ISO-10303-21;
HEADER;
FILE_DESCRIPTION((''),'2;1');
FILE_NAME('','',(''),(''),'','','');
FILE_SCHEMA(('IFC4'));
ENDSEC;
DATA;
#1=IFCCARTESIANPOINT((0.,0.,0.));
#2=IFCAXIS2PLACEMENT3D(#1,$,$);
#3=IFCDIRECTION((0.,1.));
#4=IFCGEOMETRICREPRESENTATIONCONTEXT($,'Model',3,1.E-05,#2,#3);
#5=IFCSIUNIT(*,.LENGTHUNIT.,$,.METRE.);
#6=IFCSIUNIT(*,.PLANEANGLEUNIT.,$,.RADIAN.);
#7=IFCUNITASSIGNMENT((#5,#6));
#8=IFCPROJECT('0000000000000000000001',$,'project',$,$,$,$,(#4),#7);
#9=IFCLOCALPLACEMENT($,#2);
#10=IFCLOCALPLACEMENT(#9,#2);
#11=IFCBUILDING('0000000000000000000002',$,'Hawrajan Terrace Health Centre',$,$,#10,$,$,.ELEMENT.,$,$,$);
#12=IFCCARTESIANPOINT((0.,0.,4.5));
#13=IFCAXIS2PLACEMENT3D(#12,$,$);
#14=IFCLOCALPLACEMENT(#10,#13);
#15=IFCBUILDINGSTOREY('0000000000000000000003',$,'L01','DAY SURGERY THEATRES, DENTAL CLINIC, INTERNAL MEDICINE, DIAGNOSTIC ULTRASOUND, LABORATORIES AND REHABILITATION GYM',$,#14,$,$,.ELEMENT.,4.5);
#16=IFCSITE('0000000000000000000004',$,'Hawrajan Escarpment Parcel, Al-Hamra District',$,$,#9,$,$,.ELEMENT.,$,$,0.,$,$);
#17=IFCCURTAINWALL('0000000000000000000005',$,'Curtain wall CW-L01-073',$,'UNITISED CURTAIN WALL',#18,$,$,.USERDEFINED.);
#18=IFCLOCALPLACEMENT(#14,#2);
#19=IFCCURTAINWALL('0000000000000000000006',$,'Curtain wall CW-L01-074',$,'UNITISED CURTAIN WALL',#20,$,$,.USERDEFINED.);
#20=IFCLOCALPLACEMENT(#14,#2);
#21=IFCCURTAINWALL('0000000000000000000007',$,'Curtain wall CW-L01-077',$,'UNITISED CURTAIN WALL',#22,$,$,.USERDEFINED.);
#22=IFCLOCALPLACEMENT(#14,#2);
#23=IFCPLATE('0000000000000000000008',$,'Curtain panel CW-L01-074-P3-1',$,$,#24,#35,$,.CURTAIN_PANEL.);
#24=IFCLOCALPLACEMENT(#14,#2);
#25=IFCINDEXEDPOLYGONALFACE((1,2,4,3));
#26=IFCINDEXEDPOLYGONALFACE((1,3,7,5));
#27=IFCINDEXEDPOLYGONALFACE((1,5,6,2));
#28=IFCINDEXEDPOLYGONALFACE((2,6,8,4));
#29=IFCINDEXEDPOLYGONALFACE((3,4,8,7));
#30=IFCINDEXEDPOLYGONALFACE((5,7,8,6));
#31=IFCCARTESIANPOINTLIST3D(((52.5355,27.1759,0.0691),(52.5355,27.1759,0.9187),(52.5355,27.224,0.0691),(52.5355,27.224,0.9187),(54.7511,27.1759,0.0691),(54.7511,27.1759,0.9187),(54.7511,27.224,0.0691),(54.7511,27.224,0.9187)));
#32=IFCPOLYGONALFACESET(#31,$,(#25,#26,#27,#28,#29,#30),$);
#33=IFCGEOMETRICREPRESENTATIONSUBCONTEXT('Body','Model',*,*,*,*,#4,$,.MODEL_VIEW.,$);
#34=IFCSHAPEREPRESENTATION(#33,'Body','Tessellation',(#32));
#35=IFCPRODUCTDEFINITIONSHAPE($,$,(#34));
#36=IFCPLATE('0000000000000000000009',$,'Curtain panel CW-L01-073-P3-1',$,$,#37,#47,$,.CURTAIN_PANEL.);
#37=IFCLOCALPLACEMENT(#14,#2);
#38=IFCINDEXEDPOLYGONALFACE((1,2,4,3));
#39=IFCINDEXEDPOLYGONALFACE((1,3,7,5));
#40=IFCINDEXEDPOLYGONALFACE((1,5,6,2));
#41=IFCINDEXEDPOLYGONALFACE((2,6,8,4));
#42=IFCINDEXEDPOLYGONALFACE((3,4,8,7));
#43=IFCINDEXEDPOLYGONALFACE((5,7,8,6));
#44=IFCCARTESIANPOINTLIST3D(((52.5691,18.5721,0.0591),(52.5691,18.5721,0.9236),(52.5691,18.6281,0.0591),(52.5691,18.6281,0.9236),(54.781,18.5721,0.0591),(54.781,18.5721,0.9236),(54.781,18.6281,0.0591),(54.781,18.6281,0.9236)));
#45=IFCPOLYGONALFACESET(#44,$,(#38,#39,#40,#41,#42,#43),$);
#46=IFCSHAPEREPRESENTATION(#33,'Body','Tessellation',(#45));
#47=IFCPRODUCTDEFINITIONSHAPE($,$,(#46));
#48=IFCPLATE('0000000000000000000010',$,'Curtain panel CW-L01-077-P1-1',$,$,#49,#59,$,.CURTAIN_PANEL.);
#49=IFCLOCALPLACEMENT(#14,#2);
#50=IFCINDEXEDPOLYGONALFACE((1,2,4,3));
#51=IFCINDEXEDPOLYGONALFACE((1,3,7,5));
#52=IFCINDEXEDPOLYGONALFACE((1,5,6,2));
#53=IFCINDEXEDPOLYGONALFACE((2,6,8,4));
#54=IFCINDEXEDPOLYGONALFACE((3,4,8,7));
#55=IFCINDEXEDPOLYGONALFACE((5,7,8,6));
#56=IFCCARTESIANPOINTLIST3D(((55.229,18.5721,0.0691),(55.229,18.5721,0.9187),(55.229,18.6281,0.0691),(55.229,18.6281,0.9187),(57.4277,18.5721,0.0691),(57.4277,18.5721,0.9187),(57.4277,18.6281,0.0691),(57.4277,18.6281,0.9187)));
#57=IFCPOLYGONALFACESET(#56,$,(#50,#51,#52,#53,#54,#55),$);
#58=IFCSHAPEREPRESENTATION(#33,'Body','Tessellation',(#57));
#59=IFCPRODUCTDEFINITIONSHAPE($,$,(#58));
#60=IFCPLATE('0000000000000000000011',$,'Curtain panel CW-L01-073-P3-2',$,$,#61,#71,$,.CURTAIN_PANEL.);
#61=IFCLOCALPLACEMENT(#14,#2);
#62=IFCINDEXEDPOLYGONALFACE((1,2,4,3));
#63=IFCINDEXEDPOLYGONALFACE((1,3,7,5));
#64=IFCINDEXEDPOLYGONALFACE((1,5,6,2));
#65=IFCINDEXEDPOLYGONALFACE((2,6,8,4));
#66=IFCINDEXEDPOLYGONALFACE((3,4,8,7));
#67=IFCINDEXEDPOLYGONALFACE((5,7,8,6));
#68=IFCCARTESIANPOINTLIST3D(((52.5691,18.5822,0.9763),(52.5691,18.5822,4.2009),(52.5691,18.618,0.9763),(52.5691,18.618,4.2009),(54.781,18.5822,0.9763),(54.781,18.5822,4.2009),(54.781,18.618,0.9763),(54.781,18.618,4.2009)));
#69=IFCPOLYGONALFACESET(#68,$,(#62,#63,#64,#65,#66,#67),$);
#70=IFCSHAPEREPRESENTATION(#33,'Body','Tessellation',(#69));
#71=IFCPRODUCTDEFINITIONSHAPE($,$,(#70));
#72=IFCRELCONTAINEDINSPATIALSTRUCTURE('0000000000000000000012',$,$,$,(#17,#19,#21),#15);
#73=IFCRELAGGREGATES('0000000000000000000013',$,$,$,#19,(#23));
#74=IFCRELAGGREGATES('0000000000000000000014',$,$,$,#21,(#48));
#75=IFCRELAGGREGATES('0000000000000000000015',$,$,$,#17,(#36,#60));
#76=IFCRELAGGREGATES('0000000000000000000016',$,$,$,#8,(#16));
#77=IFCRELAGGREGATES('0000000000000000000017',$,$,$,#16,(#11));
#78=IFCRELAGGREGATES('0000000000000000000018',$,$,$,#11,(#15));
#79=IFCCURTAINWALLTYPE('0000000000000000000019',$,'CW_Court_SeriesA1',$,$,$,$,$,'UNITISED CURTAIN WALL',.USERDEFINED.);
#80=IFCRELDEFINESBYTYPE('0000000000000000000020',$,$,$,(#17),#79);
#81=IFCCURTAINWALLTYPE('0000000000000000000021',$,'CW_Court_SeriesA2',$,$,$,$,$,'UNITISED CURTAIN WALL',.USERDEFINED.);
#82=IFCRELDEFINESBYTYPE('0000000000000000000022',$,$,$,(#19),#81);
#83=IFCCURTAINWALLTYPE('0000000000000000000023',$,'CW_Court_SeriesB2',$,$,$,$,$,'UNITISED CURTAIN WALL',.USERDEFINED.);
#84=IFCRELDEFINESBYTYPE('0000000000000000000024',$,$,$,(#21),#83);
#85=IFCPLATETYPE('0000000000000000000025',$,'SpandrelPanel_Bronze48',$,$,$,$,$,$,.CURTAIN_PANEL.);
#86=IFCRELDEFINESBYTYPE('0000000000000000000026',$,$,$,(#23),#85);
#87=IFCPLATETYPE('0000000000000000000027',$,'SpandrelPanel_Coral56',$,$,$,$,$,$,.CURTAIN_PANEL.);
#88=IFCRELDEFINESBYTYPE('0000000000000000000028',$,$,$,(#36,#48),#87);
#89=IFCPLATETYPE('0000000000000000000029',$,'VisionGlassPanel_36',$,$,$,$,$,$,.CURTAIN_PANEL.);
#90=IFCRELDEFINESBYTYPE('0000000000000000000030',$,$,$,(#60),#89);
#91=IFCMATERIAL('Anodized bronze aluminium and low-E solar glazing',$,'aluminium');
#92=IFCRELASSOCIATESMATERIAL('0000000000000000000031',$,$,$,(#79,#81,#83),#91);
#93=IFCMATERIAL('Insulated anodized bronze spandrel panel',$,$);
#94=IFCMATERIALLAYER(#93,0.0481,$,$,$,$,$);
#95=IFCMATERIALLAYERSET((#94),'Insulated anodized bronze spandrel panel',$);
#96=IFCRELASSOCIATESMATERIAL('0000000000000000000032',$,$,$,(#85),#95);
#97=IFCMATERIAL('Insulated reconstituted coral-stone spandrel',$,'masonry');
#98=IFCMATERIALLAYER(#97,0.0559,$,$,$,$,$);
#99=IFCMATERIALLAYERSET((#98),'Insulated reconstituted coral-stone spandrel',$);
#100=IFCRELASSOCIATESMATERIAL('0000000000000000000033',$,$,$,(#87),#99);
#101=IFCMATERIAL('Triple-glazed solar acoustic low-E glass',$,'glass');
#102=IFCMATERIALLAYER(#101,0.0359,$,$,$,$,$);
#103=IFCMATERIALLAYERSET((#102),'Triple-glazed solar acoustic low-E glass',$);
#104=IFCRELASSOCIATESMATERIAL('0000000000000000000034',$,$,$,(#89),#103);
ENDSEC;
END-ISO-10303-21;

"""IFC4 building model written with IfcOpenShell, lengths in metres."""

from ifc_helpers import new_model, si_unit, direction, frame, origin, origin_2d, place, context, subcontext, project, spatial, rectangle, extrude, material, layer, layer_set, type_object, element, aggregate, save


model = new_model("IFC4")

# Units and contexts
model_context = context("Model", 3, precision=1e-05, world=origin(), true_north=direction((0.0, 1.0)))
body_context = subcontext(model_context, "Body", "Model", "MODEL_VIEW")
ifc_project = project(units=[si_unit("LENGTHUNIT", "METRE"), si_unit("PLANEANGLEUNIT", "RADIAN")], contexts=[model_context])

# Site, building, storey
site_placement = place(None, origin())
site = spatial("IfcSite", under=ifc_project, at=site_placement, Name="Hawrajan Escarpment Parcel, Al-Hamra District", CompositionType="ELEMENT", RefElevation=0.0)
building_placement = place(site_placement, origin())
building = spatial("IfcBuilding", under=site, at=building_placement, Name="Hawrajan Terrace Health Centre", CompositionType="ELEMENT")
storey_placement = place(building_placement, frame((0.0, 0.0, 4.5)))
storey = spatial("IfcBuildingStorey", under=building, at=storey_placement, Name="L01", Description="DAY SURGERY THEATRES, DENTAL CLINIC, INTERNAL MEDICINE, DIAGNOSTIC ULTRASOUND, LABORATORIES AND REHABILITATION GYM", CompositionType="ELEMENT", Elevation=4.5)

# Shared definitions
ifc_material_1 = material(Name="Anodized bronze aluminium and low-E solar glazing", Category="aluminium")

# Curtain wall
curtain_wall_type_1 = type_object("IfcCurtainWallType", Name="CW_Court_SeriesA1", ElementType="UNITISED CURTAIN WALL", PredefinedType="USERDEFINED", material=ifc_material_1)
curtain_wall_1_placement = place(storey_placement, origin())
curtain_wall_1 = element("IfcCurtainWall", 1, at=curtain_wall_1_placement, inside=storey, type_object=curtain_wall_type_1, Name="Curtain wall CW-L01-073", ObjectType="UNITISED CURTAIN WALL", PredefinedType="USERDEFINED")

# Curtain walls
curtain_wall_type_2 = type_object("IfcCurtainWallType", Name="CW_Court_SeriesA2", ElementType="UNITISED CURTAIN WALL", PredefinedType="USERDEFINED", material=ifc_material_1)
curtain_wall_2_placement = place(storey_placement, origin())
curtain_wall_2 = element("IfcCurtainWall", 2, at=curtain_wall_2_placement, inside=storey, type_object=curtain_wall_type_2, Name="Curtain wall CW-L01-074", ObjectType="UNITISED CURTAIN WALL", PredefinedType="USERDEFINED")
curtain_wall_type_3 = type_object("IfcCurtainWallType", Name="CW_Court_SeriesB2", ElementType="UNITISED CURTAIN WALL", PredefinedType="USERDEFINED", material=ifc_material_1)
curtain_wall_3_placement = place(storey_placement, origin())
curtain_wall_3 = element("IfcCurtainWall", 3, at=curtain_wall_3_placement, inside=storey, type_object=curtain_wall_type_3, Name="Curtain wall CW-L01-077", ObjectType="UNITISED CURTAIN WALL", PredefinedType="USERDEFINED")

# Plates
ifc_material_2 = material(Name="Insulated anodized bronze spandrel panel")
ifc_layer_1 = layer(ifc_material_2, 0.0481)
ifc_layer_set_1 = layer_set([ifc_layer_1], Name="Insulated anodized bronze spandrel panel")
plate_type_1 = type_object("IfcPlateType", Name="SpandrelPanel_Bronze48", PredefinedType="CURTAIN_PANEL", material=ifc_layer_set_1)
plate_1_placement = place(storey_placement, frame((53.6433, 27.2, 0.0691), z_axis=(0.0, 0.0, 1.0), x_axis=(1.0, 0.0, 0.0)))
plate_1 = element("IfcPlate", 4, at=plate_1_placement, type_object=plate_type_1, Name="Curtain panel CW-L01-074-P3-1", PredefinedType="CURTAIN_PANEL", context=body_context, shape_type="SweptSolid", body=[
    extrude(rectangle(XDim=2.2156, YDim=0.0481, at=origin_2d()), origin(), (0.0, 0.0, 1.0), 0.8496),
])
aggregate(curtain_wall_2, [plate_1])
ifc_material_3 = material(Name="Insulated reconstituted coral-stone spandrel", Category="masonry")
ifc_layer_2 = layer(ifc_material_3, 0.0559)
ifc_layer_set_2 = layer_set([ifc_layer_2], Name="Insulated reconstituted coral-stone spandrel")
plate_type_2 = type_object("IfcPlateType", Name="SpandrelPanel_Coral56", PredefinedType="CURTAIN_PANEL", material=ifc_layer_set_2)
plate_2_placement = place(storey_placement, frame((53.675, 18.6001, 0.0591), z_axis=(0.0, 0.0, 1.0), x_axis=(1.0, 0.0, 0.0)))
plate_2 = element("IfcPlate", 5, at=plate_2_placement, type_object=plate_type_2, Name="Curtain panel CW-L01-073-P3-1", PredefinedType="CURTAIN_PANEL", context=body_context, shape_type="SweptSolid", body=[
    extrude(rectangle(XDim=2.2119, YDim=0.0559, at=origin_2d()), origin(), (0.0, 0.0, 1.0), 0.8645),
])
plate_3_placement = place(storey_placement, frame((56.3284, 18.6001, 0.0691), z_axis=(0.0, 0.0, 1.0), x_axis=(1.0, 0.0, 0.0)))
plate_3 = element("IfcPlate", 6, at=plate_3_placement, type_object=plate_type_2, Name="Curtain panel CW-L01-077-P1-1", PredefinedType="CURTAIN_PANEL", context=body_context, shape_type="SweptSolid", body=[
    extrude(rectangle(XDim=2.1987, YDim=0.0559, at=origin_2d()), origin(), (0.0, 0.0, 1.0), 0.8496),
])
aggregate(curtain_wall_3, [plate_3])
ifc_material_4 = material(Name="Triple-glazed solar acoustic low-E glass", Category="glass")
ifc_layer_3 = layer(ifc_material_4, 0.0359)
ifc_layer_set_3 = layer_set([ifc_layer_3], Name="Triple-glazed solar acoustic low-E glass")
plate_type_3 = type_object("IfcPlateType", Name="VisionGlassPanel_36", PredefinedType="CURTAIN_PANEL", material=ifc_layer_set_3)
plate_4_placement = place(storey_placement, frame((53.675, 18.6001, 0.9763), z_axis=(0.0, 0.0, 1.0), x_axis=(1.0, 0.0, 0.0)))
plate_4 = element("IfcPlate", 7, at=plate_4_placement, type_object=plate_type_3, Name="Curtain panel CW-L01-073-P3-2", PredefinedType="CURTAIN_PANEL", context=body_context, shape_type="SweptSolid", body=[
    extrude(rectangle(XDim=2.2119, YDim=0.0359, at=origin_2d()), origin(), (0.0, 0.0, 1.0), 3.2246),
])
aggregate(curtain_wall_1, [plate_2, plate_4])

save(model, "model.ifc")
